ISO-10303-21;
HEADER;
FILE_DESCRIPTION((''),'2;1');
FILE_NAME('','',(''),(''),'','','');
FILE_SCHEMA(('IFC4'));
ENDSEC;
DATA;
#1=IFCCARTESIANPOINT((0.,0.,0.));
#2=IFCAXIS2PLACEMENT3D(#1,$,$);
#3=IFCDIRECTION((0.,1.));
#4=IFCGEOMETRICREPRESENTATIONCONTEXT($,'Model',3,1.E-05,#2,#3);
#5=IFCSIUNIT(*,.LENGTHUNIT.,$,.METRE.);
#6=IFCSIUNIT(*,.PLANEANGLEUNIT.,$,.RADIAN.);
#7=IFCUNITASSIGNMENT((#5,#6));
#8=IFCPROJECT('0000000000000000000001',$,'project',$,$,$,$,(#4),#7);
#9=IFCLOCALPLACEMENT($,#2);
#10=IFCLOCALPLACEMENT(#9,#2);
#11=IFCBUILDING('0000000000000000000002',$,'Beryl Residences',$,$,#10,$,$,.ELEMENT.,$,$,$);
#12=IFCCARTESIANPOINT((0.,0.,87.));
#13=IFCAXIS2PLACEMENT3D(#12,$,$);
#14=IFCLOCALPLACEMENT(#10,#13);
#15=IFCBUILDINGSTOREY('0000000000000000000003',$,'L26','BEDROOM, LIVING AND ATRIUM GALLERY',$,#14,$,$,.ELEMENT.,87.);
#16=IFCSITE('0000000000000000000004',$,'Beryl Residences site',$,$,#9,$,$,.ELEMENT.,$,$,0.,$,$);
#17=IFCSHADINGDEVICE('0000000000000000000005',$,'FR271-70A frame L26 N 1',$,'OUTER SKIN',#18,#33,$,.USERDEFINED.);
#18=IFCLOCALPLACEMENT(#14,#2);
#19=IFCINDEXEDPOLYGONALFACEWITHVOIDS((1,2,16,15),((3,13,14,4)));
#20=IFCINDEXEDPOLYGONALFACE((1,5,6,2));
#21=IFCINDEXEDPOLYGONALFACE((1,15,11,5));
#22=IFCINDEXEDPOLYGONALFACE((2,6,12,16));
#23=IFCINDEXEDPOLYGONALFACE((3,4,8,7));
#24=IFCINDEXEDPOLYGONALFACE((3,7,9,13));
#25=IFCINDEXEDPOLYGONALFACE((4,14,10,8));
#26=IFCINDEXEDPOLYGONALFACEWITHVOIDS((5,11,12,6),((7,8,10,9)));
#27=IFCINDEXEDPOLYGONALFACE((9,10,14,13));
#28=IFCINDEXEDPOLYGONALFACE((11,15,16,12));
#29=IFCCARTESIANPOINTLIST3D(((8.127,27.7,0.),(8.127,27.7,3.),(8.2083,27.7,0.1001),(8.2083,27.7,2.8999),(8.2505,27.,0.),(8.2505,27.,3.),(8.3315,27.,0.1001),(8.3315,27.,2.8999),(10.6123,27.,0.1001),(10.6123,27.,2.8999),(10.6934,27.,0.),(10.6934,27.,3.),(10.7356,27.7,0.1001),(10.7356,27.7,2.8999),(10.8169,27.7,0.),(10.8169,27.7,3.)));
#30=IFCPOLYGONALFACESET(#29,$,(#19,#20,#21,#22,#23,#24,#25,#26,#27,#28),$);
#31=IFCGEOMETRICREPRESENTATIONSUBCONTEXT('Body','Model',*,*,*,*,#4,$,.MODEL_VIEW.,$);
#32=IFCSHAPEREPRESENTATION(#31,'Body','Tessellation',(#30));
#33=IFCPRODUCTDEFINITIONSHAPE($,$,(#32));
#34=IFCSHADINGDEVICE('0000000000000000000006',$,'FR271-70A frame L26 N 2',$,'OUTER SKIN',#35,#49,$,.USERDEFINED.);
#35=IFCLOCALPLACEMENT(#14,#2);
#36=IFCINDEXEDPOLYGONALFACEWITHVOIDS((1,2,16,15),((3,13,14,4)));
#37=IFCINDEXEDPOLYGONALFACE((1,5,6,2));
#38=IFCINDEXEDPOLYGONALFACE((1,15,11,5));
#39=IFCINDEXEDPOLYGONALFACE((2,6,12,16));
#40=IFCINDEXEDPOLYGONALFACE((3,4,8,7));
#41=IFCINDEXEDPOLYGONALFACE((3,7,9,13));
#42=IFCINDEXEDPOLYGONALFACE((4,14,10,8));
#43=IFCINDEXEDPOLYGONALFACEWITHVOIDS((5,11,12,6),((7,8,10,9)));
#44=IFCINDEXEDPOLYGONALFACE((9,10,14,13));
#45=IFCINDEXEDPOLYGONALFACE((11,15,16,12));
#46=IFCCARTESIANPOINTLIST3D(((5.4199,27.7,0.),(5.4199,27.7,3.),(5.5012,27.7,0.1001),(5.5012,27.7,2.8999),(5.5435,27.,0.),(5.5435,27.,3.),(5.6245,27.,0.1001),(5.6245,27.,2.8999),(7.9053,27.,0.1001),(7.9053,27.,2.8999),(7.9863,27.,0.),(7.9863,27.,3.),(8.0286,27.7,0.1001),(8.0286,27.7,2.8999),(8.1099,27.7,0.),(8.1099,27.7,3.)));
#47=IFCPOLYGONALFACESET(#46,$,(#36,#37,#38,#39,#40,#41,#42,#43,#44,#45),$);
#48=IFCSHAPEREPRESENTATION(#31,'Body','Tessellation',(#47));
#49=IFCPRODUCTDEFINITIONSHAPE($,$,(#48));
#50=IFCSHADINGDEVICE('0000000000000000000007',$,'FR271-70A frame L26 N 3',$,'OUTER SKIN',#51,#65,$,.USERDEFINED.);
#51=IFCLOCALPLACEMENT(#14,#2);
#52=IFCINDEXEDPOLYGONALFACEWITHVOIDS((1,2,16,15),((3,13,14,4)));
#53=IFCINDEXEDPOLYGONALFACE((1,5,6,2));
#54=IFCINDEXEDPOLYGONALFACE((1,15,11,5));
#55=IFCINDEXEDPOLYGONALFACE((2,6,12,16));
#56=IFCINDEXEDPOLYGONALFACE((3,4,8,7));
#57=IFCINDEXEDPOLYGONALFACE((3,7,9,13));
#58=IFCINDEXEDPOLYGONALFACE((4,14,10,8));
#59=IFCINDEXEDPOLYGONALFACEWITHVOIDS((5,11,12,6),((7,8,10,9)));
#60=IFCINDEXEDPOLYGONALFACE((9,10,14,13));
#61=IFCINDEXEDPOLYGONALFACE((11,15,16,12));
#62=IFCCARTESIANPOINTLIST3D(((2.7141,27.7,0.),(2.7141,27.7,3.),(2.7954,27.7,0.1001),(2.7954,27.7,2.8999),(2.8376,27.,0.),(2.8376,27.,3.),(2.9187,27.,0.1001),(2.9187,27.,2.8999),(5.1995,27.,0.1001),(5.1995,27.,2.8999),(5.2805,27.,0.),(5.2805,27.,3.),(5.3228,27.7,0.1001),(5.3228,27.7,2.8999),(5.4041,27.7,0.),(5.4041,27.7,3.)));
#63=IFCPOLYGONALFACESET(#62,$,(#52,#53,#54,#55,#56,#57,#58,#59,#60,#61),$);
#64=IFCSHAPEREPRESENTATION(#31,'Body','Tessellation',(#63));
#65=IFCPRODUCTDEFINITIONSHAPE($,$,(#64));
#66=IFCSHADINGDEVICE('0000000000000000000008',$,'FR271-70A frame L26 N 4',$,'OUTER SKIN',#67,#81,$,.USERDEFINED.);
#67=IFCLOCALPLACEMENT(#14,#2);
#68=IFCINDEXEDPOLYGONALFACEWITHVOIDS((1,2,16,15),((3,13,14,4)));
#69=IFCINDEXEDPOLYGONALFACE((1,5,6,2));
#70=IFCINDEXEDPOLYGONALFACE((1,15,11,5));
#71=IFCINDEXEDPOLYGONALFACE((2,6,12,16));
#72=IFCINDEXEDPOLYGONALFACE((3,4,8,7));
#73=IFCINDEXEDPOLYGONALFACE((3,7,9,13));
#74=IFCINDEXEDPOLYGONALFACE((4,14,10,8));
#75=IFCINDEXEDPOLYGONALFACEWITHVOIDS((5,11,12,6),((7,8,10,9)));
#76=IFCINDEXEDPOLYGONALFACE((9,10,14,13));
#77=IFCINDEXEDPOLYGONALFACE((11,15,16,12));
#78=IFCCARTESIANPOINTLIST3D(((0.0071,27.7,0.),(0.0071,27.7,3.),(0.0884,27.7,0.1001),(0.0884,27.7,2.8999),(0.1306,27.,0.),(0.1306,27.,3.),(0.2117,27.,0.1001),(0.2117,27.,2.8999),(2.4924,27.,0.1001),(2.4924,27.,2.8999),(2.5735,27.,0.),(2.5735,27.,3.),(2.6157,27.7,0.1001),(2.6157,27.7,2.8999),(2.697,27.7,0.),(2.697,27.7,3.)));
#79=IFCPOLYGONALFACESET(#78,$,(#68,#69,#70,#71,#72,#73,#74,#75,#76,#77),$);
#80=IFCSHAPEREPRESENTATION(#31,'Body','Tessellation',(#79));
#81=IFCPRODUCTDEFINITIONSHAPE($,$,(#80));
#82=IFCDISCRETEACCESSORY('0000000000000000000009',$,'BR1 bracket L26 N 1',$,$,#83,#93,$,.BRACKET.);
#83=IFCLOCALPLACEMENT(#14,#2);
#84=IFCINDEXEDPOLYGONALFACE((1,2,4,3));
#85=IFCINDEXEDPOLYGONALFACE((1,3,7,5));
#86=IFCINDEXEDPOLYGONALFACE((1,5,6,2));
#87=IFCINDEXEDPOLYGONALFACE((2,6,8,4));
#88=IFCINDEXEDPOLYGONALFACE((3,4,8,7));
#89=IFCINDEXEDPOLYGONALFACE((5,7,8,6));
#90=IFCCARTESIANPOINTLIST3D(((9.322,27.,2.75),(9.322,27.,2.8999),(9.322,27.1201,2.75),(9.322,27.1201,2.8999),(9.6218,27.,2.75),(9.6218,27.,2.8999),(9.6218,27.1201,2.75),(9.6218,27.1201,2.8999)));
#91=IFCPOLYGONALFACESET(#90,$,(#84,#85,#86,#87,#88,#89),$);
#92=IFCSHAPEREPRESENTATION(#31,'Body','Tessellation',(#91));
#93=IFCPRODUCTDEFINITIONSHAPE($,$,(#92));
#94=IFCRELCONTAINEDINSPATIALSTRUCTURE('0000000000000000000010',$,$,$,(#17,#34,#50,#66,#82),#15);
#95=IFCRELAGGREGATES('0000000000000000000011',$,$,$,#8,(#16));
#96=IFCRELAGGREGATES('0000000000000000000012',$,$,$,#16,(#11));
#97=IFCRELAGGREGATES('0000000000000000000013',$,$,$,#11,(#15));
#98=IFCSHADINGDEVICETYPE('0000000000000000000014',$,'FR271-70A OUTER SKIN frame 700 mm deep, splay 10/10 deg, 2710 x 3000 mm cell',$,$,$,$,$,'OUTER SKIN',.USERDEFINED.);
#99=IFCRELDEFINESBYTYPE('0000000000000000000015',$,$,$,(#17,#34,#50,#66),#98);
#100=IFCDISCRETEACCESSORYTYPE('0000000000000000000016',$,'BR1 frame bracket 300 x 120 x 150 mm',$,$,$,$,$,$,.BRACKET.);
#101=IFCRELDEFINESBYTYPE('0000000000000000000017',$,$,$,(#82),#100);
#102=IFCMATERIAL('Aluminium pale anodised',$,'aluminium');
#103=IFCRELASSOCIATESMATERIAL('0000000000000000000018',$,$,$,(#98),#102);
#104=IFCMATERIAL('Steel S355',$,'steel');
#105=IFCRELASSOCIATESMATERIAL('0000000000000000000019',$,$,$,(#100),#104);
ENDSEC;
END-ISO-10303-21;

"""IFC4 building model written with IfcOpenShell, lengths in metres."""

from ifc_helpers import new_model, entity, si_unit, direction, frame, origin, place, context, subcontext, project, spatial, polyline, outline, extrude, source, transform, mapped, material, type_object, type_shapes, element, save


model = new_model("IFC4")

# Units and contexts
model_context = context("Model", 3, precision=1e-05, world=origin(), true_north=direction((0.0, 1.0)))
body_context = subcontext(model_context, "Body", "Model", "MODEL_VIEW")
ifc_project = project(units=[si_unit("LENGTHUNIT", "METRE"), si_unit("PLANEANGLEUNIT", "RADIAN")], contexts=[model_context])

# Site, building, storey
site_placement = place(None, origin())
site = spatial("IfcSite", under=ifc_project, at=site_placement, Name="Beryl Residences site", CompositionType="ELEMENT", RefElevation=0.0)
building_placement = place(site_placement, origin())
building = spatial("IfcBuilding", under=site, at=building_placement, Name="Beryl Residences", CompositionType="ELEMENT")
storey_placement = place(building_placement, frame((0.0, 0.0, 87.0)))
storey = spatial("IfcBuildingStorey", under=building, at=storey_placement, Name="L26", Description="BEDROOM, LIVING AND ATRIUM GALLERY", CompositionType="ELEMENT", Elevation=87.0)

# Shading devices
ifc_material_1 = material(Name="Aluminium pale anodised", Category="aluminium")
shading_device_type = type_object("IfcShadingDeviceType", Name="FR271-70A OUTER SKIN frame 700 mm deep, splay 10/10 deg, 2710 x 3000 mm cell", ElementType="OUTER SKIN", PredefinedType="USERDEFINED", material=ifc_material_1)
cartesian_point_1 = entity("IfcCartesianPoint", [-1.2214, 0.0])
cartesian_point_2 = entity("IfcCartesianPoint", [-1.1404, 0.1001])
cartesian_point_3 = entity("IfcCartesianPoint", [-1.345, 0.0])
cartesian_point_4 = entity("IfcCartesianPoint", [-1.2637, 0.1001])
shared_shape_1 = source(origin(), body_context, "Body", "SweptSolid", [
    entity("IfcExtrudedAreaSolidTapered", entity("IfcArbitraryProfileDefWithVoids", "AREA", None, entity("IfcPolyline", [cartesian_point_1, entity("IfcCartesianPoint", [1.2214, 0.0]), entity("IfcCartesianPoint", [1.2214, 3.0]), entity("IfcCartesianPoint", [-1.2214, 3.0]), cartesian_point_1]), [entity("IfcPolyline", [cartesian_point_2, entity("IfcCartesianPoint", [1.1404, 0.1001]), entity("IfcCartesianPoint", [1.1404, 2.8999]), entity("IfcCartesianPoint", [-1.1404, 2.8999]), cartesian_point_2])]), entity("IfcAxis2Placement3D", entity("IfcCartesianPoint", [0.0, 0.0, 0.0]), entity("IfcDirection", [0.0, 1.0, 0.0]), entity("IfcDirection", [-1.0, 0.0, 0.0])), entity("IfcDirection", [0.0, 0.0, 1.0]), 0.7, entity("IfcArbitraryProfileDefWithVoids", "AREA", None, entity("IfcPolyline", [cartesian_point_3, entity("IfcCartesianPoint", [1.345, 0.0]), entity("IfcCartesianPoint", [1.345, 3.0]), entity("IfcCartesianPoint", [-1.345, 3.0]), cartesian_point_3]), [entity("IfcPolyline", [cartesian_point_4, entity("IfcCartesianPoint", [1.2637, 0.1001]), entity("IfcCartesianPoint", [1.2637, 2.8999]), entity("IfcCartesianPoint", [-1.2637, 2.8999]), cartesian_point_4])])),
])
type_shapes(shading_device_type, [shared_shape_1])
for number, where, z_axis, x_axis, name in (
    (1, (9.4719, 27.0, 0.0), (0.0, 0.0, 1.0), (1.0, 0.0, 0.0), "FR271-70A frame L26 N 1"),
    (2, (6.7649, 27.0, 0.0), (0.0, 0.0, 1.0), (1.0, 0.0, 0.0), "FR271-70A frame L26 N 2"),
    (3, (4.0591, 27.0, 0.0), (0.0, 0.0, 1.0), (1.0, 0.0, 0.0), "FR271-70A frame L26 N 3"),
    (4, (1.3521, 27.0, 0.0), (0.0, 0.0, 1.0), (1.0, 0.0, 0.0), "FR271-70A frame L26 N 4"),
):
    element("IfcShadingDevice", number, at=place(storey_placement, frame(where, z_axis=z_axis, x_axis=x_axis)), inside=storey, type_object=shading_device_type, Name=name, ObjectType="OUTER SKIN", PredefinedType="USERDEFINED", context=body_context, shape_type="MappedRepresentation", body=[
        mapped(shared_shape_1, transform((0.0, 0.0, 0.0))),
    ])

# Discrete accessory
ifc_material_2 = material(Name="Steel S355", Category="steel")
discrete_accessory_type = type_object("IfcDiscreteAccessoryType", Name="BR1 frame bracket 300 x 120 x 150 mm", PredefinedType="BRACKET", material=ifc_material_2)
shared_shape_2 = source(origin(), body_context, "Body", "SweptSolid", [
    extrude(outline(polyline([(-0.1499, 0.0), (0.1499, 0.0), (0.1499, 0.1201), (-0.1499, 0.1201), (-0.1499, 0.0)])), origin(), (0.0, 0.0, 1.0), 0.1499),
])
type_shapes(discrete_accessory_type, [shared_shape_2])
discrete_accessory_placement = place(storey_placement, frame((9.4719, 27.0, 2.75), z_axis=(0.0, 0.0, 1.0), x_axis=(1.0, 0.0, 0.0)))
element("IfcDiscreteAccessory", 5, at=discrete_accessory_placement, inside=storey, type_object=discrete_accessory_type, Name="BR1 bracket L26 N 1", PredefinedType="BRACKET", context=body_context, shape_type="MappedRepresentation", body=[
    mapped(shared_shape_2, transform((0.0, 0.0, 0.0))),
])

save(model, "model.ifc")
